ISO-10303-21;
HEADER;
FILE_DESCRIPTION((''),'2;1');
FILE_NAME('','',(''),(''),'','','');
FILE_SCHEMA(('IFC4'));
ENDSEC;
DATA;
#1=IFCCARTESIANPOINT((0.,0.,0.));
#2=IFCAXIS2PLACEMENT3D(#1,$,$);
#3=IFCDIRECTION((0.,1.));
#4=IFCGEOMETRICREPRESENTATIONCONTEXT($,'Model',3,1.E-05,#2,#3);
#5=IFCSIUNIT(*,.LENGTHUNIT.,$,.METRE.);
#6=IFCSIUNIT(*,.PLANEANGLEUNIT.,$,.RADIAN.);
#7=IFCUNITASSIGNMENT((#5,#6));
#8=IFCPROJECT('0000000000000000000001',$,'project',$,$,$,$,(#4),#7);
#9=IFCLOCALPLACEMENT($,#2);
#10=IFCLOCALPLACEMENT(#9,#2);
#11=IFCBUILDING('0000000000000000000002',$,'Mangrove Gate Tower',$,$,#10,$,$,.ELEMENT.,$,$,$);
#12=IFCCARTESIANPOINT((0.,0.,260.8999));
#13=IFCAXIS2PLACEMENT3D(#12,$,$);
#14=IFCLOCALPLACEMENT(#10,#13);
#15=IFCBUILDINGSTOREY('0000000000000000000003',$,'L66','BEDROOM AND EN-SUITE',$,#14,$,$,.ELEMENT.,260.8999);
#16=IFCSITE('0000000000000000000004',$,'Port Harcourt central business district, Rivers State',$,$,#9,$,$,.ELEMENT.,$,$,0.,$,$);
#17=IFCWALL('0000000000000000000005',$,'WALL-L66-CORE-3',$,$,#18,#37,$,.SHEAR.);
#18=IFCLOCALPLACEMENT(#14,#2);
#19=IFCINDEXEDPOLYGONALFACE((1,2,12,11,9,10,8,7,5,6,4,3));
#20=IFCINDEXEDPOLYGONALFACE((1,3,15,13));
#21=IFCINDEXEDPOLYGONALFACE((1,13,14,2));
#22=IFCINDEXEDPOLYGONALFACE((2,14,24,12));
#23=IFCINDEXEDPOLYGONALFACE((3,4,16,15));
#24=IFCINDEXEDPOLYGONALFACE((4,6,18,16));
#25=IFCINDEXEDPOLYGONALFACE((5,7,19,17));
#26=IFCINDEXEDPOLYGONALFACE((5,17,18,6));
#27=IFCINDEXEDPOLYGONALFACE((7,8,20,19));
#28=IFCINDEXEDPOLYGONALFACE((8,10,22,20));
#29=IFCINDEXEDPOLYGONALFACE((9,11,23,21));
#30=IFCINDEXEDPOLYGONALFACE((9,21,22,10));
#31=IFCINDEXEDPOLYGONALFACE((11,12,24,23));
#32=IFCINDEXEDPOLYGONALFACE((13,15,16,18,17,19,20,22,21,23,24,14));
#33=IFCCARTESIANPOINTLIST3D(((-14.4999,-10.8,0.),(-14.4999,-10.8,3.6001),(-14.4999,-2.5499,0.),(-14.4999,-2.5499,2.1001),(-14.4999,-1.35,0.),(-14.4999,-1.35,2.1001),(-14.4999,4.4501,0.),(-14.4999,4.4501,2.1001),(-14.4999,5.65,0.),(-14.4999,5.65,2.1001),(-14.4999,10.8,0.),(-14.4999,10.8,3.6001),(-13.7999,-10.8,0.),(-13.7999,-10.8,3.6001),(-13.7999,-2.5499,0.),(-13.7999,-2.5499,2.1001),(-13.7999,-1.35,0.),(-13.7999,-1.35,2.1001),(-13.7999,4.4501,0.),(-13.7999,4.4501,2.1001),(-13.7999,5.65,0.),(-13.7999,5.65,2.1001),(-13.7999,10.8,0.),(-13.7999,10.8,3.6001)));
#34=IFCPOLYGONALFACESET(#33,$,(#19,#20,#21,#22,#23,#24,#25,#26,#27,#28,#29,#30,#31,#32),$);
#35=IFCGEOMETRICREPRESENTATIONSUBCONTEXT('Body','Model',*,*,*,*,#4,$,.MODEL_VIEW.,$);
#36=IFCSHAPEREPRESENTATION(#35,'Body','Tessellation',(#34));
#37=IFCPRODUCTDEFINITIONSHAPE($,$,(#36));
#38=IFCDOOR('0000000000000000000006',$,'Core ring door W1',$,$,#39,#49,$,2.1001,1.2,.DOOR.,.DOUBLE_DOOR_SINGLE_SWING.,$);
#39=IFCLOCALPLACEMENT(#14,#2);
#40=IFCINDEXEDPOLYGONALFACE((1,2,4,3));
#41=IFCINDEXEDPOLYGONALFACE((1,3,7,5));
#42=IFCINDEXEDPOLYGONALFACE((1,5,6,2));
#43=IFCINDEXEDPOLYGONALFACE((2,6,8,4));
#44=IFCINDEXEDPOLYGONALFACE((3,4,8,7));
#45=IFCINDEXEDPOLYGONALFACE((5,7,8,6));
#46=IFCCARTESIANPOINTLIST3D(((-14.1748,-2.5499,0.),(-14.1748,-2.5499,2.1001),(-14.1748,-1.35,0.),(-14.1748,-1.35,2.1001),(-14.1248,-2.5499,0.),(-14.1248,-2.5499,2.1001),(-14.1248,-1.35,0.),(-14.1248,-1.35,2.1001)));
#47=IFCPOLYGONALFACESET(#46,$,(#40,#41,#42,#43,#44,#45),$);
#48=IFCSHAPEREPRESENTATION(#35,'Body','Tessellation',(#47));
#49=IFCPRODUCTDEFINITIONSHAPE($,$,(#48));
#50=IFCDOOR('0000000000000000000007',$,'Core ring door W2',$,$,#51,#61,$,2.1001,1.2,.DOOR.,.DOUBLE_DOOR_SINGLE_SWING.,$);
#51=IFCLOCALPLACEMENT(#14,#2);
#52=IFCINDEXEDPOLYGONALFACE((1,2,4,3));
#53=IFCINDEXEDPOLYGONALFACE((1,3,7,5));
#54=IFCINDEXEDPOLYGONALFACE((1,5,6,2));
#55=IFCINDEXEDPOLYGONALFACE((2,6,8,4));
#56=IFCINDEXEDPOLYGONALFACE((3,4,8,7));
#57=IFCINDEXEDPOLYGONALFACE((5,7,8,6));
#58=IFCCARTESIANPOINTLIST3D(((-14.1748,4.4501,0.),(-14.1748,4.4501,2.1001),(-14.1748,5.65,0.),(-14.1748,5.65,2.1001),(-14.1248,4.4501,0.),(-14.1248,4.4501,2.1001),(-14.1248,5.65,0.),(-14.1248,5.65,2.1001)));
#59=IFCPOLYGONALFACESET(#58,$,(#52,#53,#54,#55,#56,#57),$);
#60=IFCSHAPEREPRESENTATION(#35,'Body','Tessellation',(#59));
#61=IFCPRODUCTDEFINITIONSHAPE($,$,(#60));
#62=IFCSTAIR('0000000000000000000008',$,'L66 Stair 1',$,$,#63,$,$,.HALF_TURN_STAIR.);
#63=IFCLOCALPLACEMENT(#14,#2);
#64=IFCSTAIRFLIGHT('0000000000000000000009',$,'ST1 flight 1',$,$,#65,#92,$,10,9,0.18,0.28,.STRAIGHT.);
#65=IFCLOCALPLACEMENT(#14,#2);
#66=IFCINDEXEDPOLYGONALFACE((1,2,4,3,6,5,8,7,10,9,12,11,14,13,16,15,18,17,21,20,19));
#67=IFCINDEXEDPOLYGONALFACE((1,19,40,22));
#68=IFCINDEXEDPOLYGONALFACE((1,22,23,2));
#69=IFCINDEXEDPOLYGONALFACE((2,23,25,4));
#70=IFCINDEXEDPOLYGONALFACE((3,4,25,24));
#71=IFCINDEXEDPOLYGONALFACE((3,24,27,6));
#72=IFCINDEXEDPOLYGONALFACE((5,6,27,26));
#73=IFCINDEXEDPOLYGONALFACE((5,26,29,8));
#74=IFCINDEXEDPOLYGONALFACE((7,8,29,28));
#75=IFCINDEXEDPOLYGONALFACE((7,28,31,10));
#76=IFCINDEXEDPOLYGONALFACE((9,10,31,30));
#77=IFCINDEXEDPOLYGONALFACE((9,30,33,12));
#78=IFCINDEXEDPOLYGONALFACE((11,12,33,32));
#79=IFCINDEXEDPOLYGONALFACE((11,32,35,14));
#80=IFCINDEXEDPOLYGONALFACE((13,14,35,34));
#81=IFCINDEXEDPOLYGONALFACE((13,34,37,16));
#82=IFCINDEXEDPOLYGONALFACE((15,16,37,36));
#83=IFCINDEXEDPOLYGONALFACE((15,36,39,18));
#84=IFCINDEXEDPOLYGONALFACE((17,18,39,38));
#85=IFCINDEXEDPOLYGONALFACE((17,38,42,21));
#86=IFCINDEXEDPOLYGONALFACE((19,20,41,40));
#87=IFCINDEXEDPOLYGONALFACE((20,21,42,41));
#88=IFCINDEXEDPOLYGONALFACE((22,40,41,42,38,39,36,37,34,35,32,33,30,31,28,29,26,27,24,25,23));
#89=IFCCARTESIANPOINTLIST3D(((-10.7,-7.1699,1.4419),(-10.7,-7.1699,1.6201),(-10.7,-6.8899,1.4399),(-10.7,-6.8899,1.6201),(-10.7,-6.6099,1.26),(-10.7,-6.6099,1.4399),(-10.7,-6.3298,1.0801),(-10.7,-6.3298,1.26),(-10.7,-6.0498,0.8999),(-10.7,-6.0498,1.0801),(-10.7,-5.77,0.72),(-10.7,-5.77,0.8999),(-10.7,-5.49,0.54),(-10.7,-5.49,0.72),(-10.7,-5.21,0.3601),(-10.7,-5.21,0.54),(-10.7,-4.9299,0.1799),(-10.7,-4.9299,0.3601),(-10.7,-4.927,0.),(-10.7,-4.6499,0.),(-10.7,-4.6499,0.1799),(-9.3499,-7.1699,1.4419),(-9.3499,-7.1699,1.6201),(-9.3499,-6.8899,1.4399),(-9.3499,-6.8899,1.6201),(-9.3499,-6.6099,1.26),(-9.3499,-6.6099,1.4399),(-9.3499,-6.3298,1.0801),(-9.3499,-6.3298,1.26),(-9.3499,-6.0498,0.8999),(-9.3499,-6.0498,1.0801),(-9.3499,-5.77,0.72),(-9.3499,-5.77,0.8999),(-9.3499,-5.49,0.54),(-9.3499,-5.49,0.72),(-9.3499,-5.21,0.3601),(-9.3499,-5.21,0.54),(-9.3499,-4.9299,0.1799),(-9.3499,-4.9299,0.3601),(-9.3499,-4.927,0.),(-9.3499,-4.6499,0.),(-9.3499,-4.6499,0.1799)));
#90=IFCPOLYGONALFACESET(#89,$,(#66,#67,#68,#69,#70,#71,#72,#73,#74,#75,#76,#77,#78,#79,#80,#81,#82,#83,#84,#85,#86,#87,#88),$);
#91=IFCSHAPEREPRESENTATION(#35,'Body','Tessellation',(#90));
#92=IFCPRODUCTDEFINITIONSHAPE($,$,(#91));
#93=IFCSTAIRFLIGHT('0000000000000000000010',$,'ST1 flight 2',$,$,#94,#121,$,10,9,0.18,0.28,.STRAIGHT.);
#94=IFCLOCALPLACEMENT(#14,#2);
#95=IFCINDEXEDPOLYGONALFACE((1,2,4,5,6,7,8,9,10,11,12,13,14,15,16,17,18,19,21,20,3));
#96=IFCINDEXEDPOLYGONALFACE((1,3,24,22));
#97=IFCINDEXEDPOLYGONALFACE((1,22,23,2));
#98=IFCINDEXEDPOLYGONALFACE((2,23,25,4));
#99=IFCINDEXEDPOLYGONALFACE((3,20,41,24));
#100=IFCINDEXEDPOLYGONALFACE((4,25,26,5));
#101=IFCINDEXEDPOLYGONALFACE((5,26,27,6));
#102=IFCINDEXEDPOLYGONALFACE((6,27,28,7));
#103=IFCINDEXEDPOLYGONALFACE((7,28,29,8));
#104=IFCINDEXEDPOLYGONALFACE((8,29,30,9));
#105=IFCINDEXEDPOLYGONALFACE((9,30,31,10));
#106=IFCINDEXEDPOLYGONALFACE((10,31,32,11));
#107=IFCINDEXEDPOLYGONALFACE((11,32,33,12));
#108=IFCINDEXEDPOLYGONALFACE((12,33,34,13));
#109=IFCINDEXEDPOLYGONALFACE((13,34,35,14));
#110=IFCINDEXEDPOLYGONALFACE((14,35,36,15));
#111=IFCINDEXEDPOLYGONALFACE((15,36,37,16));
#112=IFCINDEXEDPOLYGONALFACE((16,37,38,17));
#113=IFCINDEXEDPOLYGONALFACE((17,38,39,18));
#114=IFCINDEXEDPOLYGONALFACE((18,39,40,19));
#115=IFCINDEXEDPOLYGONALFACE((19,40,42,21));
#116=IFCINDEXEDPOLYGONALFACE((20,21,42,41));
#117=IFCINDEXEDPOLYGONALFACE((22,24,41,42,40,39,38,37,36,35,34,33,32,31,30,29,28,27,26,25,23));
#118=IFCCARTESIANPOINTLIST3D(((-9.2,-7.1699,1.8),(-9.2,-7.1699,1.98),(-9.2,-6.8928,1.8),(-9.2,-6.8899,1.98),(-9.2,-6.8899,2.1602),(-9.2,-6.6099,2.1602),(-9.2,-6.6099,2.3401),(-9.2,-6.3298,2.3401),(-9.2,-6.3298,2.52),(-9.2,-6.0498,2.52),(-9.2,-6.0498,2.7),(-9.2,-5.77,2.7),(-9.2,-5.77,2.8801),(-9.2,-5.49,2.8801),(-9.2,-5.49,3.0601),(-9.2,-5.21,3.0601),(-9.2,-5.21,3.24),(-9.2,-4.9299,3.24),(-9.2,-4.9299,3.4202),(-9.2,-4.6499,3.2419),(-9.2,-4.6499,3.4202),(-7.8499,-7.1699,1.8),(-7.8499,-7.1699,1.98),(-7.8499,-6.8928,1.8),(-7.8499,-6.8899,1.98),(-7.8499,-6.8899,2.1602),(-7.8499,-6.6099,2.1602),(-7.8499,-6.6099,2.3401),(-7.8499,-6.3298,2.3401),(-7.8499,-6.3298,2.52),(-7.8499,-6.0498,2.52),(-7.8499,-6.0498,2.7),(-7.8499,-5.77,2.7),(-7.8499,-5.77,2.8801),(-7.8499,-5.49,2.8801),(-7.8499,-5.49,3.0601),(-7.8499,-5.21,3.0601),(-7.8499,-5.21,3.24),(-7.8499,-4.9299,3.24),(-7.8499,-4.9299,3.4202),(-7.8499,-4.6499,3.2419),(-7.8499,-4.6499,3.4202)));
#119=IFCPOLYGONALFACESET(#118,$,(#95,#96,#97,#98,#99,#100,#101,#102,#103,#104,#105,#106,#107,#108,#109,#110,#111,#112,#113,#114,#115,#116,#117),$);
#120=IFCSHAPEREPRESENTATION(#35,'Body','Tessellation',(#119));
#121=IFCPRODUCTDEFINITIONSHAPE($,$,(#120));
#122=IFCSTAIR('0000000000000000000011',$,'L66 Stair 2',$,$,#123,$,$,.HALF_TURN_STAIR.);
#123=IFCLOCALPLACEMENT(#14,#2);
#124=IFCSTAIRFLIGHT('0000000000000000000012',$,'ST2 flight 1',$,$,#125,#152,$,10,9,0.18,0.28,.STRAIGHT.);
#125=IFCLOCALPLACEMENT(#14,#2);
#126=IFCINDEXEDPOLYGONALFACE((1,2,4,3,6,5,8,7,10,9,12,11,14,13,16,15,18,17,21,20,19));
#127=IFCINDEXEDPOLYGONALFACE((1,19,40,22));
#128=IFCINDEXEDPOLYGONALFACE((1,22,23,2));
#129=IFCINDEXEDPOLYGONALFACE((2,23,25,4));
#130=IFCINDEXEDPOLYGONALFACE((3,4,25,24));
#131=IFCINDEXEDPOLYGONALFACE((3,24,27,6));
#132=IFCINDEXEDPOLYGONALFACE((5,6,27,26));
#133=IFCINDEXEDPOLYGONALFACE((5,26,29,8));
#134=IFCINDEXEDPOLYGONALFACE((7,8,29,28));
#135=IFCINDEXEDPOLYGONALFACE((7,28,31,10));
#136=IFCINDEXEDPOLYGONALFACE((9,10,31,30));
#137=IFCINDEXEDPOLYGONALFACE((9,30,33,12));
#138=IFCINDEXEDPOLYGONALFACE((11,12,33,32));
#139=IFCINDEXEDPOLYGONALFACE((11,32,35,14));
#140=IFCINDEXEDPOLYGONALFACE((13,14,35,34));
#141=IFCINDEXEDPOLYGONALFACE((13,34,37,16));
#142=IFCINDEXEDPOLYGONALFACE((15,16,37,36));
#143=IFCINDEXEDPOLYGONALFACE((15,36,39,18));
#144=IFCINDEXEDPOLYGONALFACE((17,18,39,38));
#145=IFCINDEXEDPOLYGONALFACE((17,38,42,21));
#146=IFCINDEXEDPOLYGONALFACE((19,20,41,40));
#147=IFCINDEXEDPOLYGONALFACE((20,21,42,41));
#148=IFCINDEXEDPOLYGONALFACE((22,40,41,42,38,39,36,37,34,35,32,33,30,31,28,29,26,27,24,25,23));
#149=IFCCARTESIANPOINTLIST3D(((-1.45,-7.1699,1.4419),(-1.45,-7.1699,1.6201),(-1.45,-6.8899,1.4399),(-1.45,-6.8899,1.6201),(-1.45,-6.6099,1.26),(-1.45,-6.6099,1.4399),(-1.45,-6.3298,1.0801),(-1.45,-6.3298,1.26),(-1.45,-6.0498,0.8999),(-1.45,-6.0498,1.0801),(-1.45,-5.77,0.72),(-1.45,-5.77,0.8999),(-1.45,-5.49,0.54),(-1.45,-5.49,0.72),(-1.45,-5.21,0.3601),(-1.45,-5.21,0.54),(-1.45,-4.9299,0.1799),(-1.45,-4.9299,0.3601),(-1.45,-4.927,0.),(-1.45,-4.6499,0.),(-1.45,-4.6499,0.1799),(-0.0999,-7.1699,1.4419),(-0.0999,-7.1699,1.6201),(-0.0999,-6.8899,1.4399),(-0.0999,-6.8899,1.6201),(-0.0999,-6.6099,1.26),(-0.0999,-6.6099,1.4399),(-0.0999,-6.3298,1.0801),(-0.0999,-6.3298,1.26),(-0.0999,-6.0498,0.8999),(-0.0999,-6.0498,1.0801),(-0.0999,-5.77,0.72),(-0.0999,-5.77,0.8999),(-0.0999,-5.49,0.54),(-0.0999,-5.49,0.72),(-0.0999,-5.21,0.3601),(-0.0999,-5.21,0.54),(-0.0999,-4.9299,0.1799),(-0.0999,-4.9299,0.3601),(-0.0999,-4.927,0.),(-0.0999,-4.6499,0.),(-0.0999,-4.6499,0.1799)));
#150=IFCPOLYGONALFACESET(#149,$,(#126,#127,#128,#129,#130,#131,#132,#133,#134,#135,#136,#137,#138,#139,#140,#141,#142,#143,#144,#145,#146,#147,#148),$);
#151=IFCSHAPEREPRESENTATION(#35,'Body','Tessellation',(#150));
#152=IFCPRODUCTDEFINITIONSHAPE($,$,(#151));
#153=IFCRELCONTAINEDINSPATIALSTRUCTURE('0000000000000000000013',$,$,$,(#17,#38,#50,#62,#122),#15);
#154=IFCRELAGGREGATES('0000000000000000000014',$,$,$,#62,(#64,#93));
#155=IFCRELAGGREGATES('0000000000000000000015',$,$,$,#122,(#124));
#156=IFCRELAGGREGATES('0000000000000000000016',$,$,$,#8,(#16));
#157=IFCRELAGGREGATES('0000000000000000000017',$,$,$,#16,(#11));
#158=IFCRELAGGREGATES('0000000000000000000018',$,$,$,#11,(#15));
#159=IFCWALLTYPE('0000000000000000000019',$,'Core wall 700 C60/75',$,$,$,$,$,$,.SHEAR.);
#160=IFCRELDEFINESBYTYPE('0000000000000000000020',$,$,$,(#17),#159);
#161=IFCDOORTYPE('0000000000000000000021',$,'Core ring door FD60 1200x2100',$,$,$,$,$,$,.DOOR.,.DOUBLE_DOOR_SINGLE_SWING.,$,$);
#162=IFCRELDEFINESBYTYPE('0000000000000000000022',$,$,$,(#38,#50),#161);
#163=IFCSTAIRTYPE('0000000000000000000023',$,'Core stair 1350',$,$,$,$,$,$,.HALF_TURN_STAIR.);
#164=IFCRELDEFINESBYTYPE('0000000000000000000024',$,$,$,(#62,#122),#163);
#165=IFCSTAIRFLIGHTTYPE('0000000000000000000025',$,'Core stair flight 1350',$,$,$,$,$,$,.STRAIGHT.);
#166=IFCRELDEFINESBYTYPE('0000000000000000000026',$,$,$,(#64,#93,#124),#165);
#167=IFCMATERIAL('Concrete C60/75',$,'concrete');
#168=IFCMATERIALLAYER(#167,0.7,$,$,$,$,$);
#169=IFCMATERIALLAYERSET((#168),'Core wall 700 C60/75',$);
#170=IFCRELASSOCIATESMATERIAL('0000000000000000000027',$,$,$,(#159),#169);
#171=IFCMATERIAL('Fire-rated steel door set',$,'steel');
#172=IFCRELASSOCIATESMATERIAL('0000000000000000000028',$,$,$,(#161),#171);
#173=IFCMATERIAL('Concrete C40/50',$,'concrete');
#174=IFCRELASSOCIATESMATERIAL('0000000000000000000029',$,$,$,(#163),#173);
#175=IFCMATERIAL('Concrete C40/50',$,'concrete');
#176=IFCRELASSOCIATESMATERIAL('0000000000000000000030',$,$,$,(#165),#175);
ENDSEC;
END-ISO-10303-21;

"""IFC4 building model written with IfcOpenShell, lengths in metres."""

from ifc_helpers import new_model, si_unit, direction, frame, frame_2d, origin, place, context, subcontext, project, spatial, polyline, rectangle, outline, extrude, material, layer, layer_set, type_object, element, fill, aggregate, save


model = new_model("IFC4")

# Units and contexts
model_context = context("Model", 3, precision=1e-05, world=origin(), true_north=direction((0.0, 1.0)))
body_context = subcontext(model_context, "Body", "Model", "MODEL_VIEW")
ifc_project = project(units=[si_unit("LENGTHUNIT", "METRE"), si_unit("PLANEANGLEUNIT", "RADIAN")], contexts=[model_context])

# Site, building, storey
site_placement = place(None, origin())
site = spatial("IfcSite", under=ifc_project, at=site_placement, Name="Port Harcourt central business district, Rivers State", CompositionType="ELEMENT", RefElevation=0.0)
building_placement = place(site_placement, origin())
building = spatial("IfcBuilding", under=site, at=building_placement, Name="Mangrove Gate Tower", CompositionType="ELEMENT")
storey_placement = place(building_placement, frame((0.0, 0.0, 260.8999)))
storey = spatial("IfcBuildingStorey", under=building, at=storey_placement, Name="L66", Description="BEDROOM AND EN-SUITE", CompositionType="ELEMENT", Elevation=260.8999)

# Shared definitions
ifc_material_1 = material(Name="Concrete C60/75", Category="concrete")
ifc_layer_1 = layer(ifc_material_1, 0.7)
ifc_layer_set_1 = layer_set([ifc_layer_1], Name="Core wall 700 C60/75")
wall_type_1 = type_object("IfcWallType", Name="Core wall 700 C60/75", PredefinedType="SHEAR", material=ifc_layer_set_1)

# Wall, openings, doors
wall_1_placement = place(storey_placement, frame((-14.1499, -10.8, 0.0), z_axis=(0.0, 0.0, 1.0), x_axis=(0.0, 1.0, 0.0)))
wall_1 = element("IfcWall", 1, at=wall_1_placement, inside=storey, type_object=wall_type_1, Name="WALL-L66-CORE-3", PredefinedType="SHEAR", context=body_context, shape_type="SweptSolid", body=[
    extrude(rectangle(XDim=21.6001, YDim=0.7, at=frame_2d((10.8, 0.0))), origin(), (0.0, 0.0, 1.0), 3.6001),
])
opening_1_placement = place(wall_1_placement, frame((8.25, 0.0, 0.0)))
opening_1 = element("IfcOpeningElement", 2, at=opening_1_placement, cuts=wall_1, PredefinedType="OPENING", context=body_context, shape_type="SweptSolid", body=[
    extrude(rectangle(XDim=1.2, YDim=2.1001, at=frame_2d((0.6001, 1.05))), frame((0.0, 0.3599, 0.0), z_axis=(0.0, -1.0, 0.0), x_axis=(1.0, 0.0, 0.0)), (0.0, 0.0, 1.0), 0.72),
])
opening_2_placement = place(wall_1_placement, frame((15.25, 0.0, 0.0)))
opening_2 = element("IfcOpeningElement", 3, at=opening_2_placement, cuts=wall_1, PredefinedType="OPENING", context=body_context, shape_type="SweptSolid", body=[
    extrude(rectangle(XDim=1.2, YDim=2.1001, at=frame_2d((0.6001, 1.05))), frame((0.0, 0.3599, 0.0), z_axis=(0.0, -1.0, 0.0), x_axis=(1.0, 0.0, 0.0)), (0.0, 0.0, 1.0), 0.72),
])
ifc_material_2 = material(Name="Fire-rated steel door set", Category="steel")
door_type_1 = type_object("IfcDoorType", Name="Core ring door FD60 1200x2100", OperationType="DOUBLE_DOOR_SINGLE_SWING", PredefinedType="DOOR", material=ifc_material_2)
door_1_placement = place(opening_1_placement, origin())
door_1 = element("IfcDoor", 4, at=door_1_placement, inside=storey, type_object=door_type_1, Name="Core ring door W1", OperationType="DOUBLE_DOOR_SINGLE_SWING", OverallHeight=2.1001, OverallWidth=1.2, PredefinedType="DOOR", context=body_context, shape_type="SweptSolid", body=[
    extrude(rectangle(XDim=1.2, YDim=2.1001, at=frame_2d((0.6001, 1.05))), frame((0.0, 0.0249, 0.0), z_axis=(0.0, -1.0, 0.0), x_axis=(1.0, 0.0, 0.0)), (0.0, 0.0, 1.0), 0.05),
])
fill(opening_1, door_1)
door_2_placement = place(opening_2_placement, origin())
door_2 = element("IfcDoor", 5, at=door_2_placement, inside=storey, type_object=door_type_1, Name="Core ring door W2", OperationType="DOUBLE_DOOR_SINGLE_SWING", OverallHeight=2.1001, OverallWidth=1.2, PredefinedType="DOOR", context=body_context, shape_type="SweptSolid", body=[
    extrude(rectangle(XDim=1.2, YDim=2.1001, at=frame_2d((0.6001, 1.05))), frame((0.0, 0.0249, 0.0), z_axis=(0.0, -1.0, 0.0), x_axis=(1.0, 0.0, 0.0)), (0.0, 0.0, 1.0), 0.05),
])
fill(opening_2, door_2)

# Stair, stair flights
ifc_material_3 = material(Name="Concrete C40/50", Category="concrete")
stair_type = type_object("IfcStairType", Name="Core stair 1350", PredefinedType="HALF_TURN_STAIR", material=ifc_material_3)
stair_1_placement = place(storey_placement, origin())
stair_1 = element("IfcStair", 6, at=stair_1_placement, inside=storey, type_object=stair_type, Name="L66 Stair 1", PredefinedType="HALF_TURN_STAIR")
ifc_material_4 = material(Name="Concrete C40/50", Category="concrete")
stair_flight_type = type_object("IfcStairFlightType", Name="Core stair flight 1350", PredefinedType="STRAIGHT", material=ifc_material_4)
stair_flight_1_placement = place(storey_placement, frame((-10.0249, -4.6499, 0.0), z_axis=(0.0, 0.0, 1.0), x_axis=(0.0, -1.0, 0.0)))
stair_flight_1 = element("IfcStairFlight", 7, at=stair_flight_1_placement, type_object=stair_flight_type, Name="ST1 flight 1", NumberOfRisers=10, NumberOfTreads=9, PredefinedType="STRAIGHT", RiserHeight=0.18, TreadLength=0.28, context=body_context, shape_type="SweptSolid", body=[
    extrude(outline(polyline([(0.0, 0.0), (0.0, 0.1799), (0.28, 0.1799), (0.28, 0.3601), (0.5601, 0.3601), (0.5601, 0.54), (0.8401, 0.54), (0.8401, 0.72), (1.1201, 0.72), (1.1201, 0.8999), (1.3999, 0.8999), (1.3999, 1.0801), (1.6799, 1.0801), (1.6799, 1.26), (1.96, 1.26), (1.96, 1.4399), (2.24, 1.4399), (2.24, 1.6201), (2.52, 1.6201), (2.52, 1.8), (2.52, 1.4419), (0.2771, 0.0), (0.0, 0.0)])), frame((0.0, 0.675, 0.0), z_axis=(0.0, -1.0, 0.0), x_axis=(1.0, 0.0, 0.0)), (0.0, 0.0, 1.0), 1.3501),
])
stair_flight_2_placement = place(storey_placement, frame((-8.5249, -7.1699, 1.8), z_axis=(0.0, 0.0, 1.0), x_axis=(0.0, 1.0, 0.0)))
stair_flight_2 = element("IfcStairFlight", 8, at=stair_flight_2_placement, type_object=stair_flight_type, Name="ST1 flight 2", NumberOfRisers=10, NumberOfTreads=9, PredefinedType="STRAIGHT", RiserHeight=0.18, TreadLength=0.28, context=body_context, shape_type="SweptSolid", body=[
    extrude(outline(polyline([(0.0, 0.0), (0.0, 0.1799), (0.28, 0.1799), (0.28, 0.3601), (0.5601, 0.3601), (0.5601, 0.54), (0.8401, 0.54), (0.8401, 0.72), (1.1201, 0.72), (1.1201, 0.8999), (1.3999, 0.8999), (1.3999, 1.0801), (1.6799, 1.0801), (1.6799, 1.26), (1.96, 1.26), (1.96, 1.4399), (2.24, 1.4399), (2.24, 1.6201), (2.52, 1.6201), (2.52, 1.8), (2.52, 1.4419), (0.2771, 0.0), (0.0, 0.0)])), frame((0.0, 0.675, 0.0), z_axis=(0.0, -1.0, 0.0), x_axis=(1.0, 0.0, 0.0)), (0.0, 0.0, 1.0), 1.3501),
])
aggregate(stair_1, [stair_flight_1, stair_flight_2])

# Stair, stair flight
stair_2_placement = place(storey_placement, origin())
stair_2 = element("IfcStair", 9, at=stair_2_placement, inside=storey, type_object=stair_type, Name="L66 Stair 2", PredefinedType="HALF_TURN_STAIR")
stair_flight_3_placement = place(storey_placement, frame((-0.7749, -4.6499, 0.0), z_axis=(0.0, 0.0, 1.0), x_axis=(0.0, -1.0, 0.0)))
stair_flight_3 = element("IfcStairFlight", 10, at=stair_flight_3_placement, type_object=stair_flight_type, Name="ST2 flight 1", NumberOfRisers=10, NumberOfTreads=9, PredefinedType="STRAIGHT", RiserHeight=0.18, TreadLength=0.28, context=body_context, shape_type="SweptSolid", body=[
    extrude(outline(polyline([(0.0, 0.0), (0.0, 0.1799), (0.28, 0.1799), (0.28, 0.3601), (0.5601, 0.3601), (0.5601, 0.54), (0.8401, 0.54), (0.8401, 0.72), (1.1201, 0.72), (1.1201, 0.8999), (1.3999, 0.8999), (1.3999, 1.0801), (1.6799, 1.0801), (1.6799, 1.26), (1.96, 1.26), (1.96, 1.4399), (2.24, 1.4399), (2.24, 1.6201), (2.52, 1.6201), (2.52, 1.8), (2.52, 1.4419), (0.2771, 0.0), (0.0, 0.0)])), frame((0.0, 0.675, 0.0), z_axis=(0.0, -1.0, 0.0), x_axis=(1.0, 0.0, 0.0)), (0.0, 0.0, 1.0), 1.3501),
])
aggregate(stair_2, [stair_flight_3])

save(model, "model.ifc")
